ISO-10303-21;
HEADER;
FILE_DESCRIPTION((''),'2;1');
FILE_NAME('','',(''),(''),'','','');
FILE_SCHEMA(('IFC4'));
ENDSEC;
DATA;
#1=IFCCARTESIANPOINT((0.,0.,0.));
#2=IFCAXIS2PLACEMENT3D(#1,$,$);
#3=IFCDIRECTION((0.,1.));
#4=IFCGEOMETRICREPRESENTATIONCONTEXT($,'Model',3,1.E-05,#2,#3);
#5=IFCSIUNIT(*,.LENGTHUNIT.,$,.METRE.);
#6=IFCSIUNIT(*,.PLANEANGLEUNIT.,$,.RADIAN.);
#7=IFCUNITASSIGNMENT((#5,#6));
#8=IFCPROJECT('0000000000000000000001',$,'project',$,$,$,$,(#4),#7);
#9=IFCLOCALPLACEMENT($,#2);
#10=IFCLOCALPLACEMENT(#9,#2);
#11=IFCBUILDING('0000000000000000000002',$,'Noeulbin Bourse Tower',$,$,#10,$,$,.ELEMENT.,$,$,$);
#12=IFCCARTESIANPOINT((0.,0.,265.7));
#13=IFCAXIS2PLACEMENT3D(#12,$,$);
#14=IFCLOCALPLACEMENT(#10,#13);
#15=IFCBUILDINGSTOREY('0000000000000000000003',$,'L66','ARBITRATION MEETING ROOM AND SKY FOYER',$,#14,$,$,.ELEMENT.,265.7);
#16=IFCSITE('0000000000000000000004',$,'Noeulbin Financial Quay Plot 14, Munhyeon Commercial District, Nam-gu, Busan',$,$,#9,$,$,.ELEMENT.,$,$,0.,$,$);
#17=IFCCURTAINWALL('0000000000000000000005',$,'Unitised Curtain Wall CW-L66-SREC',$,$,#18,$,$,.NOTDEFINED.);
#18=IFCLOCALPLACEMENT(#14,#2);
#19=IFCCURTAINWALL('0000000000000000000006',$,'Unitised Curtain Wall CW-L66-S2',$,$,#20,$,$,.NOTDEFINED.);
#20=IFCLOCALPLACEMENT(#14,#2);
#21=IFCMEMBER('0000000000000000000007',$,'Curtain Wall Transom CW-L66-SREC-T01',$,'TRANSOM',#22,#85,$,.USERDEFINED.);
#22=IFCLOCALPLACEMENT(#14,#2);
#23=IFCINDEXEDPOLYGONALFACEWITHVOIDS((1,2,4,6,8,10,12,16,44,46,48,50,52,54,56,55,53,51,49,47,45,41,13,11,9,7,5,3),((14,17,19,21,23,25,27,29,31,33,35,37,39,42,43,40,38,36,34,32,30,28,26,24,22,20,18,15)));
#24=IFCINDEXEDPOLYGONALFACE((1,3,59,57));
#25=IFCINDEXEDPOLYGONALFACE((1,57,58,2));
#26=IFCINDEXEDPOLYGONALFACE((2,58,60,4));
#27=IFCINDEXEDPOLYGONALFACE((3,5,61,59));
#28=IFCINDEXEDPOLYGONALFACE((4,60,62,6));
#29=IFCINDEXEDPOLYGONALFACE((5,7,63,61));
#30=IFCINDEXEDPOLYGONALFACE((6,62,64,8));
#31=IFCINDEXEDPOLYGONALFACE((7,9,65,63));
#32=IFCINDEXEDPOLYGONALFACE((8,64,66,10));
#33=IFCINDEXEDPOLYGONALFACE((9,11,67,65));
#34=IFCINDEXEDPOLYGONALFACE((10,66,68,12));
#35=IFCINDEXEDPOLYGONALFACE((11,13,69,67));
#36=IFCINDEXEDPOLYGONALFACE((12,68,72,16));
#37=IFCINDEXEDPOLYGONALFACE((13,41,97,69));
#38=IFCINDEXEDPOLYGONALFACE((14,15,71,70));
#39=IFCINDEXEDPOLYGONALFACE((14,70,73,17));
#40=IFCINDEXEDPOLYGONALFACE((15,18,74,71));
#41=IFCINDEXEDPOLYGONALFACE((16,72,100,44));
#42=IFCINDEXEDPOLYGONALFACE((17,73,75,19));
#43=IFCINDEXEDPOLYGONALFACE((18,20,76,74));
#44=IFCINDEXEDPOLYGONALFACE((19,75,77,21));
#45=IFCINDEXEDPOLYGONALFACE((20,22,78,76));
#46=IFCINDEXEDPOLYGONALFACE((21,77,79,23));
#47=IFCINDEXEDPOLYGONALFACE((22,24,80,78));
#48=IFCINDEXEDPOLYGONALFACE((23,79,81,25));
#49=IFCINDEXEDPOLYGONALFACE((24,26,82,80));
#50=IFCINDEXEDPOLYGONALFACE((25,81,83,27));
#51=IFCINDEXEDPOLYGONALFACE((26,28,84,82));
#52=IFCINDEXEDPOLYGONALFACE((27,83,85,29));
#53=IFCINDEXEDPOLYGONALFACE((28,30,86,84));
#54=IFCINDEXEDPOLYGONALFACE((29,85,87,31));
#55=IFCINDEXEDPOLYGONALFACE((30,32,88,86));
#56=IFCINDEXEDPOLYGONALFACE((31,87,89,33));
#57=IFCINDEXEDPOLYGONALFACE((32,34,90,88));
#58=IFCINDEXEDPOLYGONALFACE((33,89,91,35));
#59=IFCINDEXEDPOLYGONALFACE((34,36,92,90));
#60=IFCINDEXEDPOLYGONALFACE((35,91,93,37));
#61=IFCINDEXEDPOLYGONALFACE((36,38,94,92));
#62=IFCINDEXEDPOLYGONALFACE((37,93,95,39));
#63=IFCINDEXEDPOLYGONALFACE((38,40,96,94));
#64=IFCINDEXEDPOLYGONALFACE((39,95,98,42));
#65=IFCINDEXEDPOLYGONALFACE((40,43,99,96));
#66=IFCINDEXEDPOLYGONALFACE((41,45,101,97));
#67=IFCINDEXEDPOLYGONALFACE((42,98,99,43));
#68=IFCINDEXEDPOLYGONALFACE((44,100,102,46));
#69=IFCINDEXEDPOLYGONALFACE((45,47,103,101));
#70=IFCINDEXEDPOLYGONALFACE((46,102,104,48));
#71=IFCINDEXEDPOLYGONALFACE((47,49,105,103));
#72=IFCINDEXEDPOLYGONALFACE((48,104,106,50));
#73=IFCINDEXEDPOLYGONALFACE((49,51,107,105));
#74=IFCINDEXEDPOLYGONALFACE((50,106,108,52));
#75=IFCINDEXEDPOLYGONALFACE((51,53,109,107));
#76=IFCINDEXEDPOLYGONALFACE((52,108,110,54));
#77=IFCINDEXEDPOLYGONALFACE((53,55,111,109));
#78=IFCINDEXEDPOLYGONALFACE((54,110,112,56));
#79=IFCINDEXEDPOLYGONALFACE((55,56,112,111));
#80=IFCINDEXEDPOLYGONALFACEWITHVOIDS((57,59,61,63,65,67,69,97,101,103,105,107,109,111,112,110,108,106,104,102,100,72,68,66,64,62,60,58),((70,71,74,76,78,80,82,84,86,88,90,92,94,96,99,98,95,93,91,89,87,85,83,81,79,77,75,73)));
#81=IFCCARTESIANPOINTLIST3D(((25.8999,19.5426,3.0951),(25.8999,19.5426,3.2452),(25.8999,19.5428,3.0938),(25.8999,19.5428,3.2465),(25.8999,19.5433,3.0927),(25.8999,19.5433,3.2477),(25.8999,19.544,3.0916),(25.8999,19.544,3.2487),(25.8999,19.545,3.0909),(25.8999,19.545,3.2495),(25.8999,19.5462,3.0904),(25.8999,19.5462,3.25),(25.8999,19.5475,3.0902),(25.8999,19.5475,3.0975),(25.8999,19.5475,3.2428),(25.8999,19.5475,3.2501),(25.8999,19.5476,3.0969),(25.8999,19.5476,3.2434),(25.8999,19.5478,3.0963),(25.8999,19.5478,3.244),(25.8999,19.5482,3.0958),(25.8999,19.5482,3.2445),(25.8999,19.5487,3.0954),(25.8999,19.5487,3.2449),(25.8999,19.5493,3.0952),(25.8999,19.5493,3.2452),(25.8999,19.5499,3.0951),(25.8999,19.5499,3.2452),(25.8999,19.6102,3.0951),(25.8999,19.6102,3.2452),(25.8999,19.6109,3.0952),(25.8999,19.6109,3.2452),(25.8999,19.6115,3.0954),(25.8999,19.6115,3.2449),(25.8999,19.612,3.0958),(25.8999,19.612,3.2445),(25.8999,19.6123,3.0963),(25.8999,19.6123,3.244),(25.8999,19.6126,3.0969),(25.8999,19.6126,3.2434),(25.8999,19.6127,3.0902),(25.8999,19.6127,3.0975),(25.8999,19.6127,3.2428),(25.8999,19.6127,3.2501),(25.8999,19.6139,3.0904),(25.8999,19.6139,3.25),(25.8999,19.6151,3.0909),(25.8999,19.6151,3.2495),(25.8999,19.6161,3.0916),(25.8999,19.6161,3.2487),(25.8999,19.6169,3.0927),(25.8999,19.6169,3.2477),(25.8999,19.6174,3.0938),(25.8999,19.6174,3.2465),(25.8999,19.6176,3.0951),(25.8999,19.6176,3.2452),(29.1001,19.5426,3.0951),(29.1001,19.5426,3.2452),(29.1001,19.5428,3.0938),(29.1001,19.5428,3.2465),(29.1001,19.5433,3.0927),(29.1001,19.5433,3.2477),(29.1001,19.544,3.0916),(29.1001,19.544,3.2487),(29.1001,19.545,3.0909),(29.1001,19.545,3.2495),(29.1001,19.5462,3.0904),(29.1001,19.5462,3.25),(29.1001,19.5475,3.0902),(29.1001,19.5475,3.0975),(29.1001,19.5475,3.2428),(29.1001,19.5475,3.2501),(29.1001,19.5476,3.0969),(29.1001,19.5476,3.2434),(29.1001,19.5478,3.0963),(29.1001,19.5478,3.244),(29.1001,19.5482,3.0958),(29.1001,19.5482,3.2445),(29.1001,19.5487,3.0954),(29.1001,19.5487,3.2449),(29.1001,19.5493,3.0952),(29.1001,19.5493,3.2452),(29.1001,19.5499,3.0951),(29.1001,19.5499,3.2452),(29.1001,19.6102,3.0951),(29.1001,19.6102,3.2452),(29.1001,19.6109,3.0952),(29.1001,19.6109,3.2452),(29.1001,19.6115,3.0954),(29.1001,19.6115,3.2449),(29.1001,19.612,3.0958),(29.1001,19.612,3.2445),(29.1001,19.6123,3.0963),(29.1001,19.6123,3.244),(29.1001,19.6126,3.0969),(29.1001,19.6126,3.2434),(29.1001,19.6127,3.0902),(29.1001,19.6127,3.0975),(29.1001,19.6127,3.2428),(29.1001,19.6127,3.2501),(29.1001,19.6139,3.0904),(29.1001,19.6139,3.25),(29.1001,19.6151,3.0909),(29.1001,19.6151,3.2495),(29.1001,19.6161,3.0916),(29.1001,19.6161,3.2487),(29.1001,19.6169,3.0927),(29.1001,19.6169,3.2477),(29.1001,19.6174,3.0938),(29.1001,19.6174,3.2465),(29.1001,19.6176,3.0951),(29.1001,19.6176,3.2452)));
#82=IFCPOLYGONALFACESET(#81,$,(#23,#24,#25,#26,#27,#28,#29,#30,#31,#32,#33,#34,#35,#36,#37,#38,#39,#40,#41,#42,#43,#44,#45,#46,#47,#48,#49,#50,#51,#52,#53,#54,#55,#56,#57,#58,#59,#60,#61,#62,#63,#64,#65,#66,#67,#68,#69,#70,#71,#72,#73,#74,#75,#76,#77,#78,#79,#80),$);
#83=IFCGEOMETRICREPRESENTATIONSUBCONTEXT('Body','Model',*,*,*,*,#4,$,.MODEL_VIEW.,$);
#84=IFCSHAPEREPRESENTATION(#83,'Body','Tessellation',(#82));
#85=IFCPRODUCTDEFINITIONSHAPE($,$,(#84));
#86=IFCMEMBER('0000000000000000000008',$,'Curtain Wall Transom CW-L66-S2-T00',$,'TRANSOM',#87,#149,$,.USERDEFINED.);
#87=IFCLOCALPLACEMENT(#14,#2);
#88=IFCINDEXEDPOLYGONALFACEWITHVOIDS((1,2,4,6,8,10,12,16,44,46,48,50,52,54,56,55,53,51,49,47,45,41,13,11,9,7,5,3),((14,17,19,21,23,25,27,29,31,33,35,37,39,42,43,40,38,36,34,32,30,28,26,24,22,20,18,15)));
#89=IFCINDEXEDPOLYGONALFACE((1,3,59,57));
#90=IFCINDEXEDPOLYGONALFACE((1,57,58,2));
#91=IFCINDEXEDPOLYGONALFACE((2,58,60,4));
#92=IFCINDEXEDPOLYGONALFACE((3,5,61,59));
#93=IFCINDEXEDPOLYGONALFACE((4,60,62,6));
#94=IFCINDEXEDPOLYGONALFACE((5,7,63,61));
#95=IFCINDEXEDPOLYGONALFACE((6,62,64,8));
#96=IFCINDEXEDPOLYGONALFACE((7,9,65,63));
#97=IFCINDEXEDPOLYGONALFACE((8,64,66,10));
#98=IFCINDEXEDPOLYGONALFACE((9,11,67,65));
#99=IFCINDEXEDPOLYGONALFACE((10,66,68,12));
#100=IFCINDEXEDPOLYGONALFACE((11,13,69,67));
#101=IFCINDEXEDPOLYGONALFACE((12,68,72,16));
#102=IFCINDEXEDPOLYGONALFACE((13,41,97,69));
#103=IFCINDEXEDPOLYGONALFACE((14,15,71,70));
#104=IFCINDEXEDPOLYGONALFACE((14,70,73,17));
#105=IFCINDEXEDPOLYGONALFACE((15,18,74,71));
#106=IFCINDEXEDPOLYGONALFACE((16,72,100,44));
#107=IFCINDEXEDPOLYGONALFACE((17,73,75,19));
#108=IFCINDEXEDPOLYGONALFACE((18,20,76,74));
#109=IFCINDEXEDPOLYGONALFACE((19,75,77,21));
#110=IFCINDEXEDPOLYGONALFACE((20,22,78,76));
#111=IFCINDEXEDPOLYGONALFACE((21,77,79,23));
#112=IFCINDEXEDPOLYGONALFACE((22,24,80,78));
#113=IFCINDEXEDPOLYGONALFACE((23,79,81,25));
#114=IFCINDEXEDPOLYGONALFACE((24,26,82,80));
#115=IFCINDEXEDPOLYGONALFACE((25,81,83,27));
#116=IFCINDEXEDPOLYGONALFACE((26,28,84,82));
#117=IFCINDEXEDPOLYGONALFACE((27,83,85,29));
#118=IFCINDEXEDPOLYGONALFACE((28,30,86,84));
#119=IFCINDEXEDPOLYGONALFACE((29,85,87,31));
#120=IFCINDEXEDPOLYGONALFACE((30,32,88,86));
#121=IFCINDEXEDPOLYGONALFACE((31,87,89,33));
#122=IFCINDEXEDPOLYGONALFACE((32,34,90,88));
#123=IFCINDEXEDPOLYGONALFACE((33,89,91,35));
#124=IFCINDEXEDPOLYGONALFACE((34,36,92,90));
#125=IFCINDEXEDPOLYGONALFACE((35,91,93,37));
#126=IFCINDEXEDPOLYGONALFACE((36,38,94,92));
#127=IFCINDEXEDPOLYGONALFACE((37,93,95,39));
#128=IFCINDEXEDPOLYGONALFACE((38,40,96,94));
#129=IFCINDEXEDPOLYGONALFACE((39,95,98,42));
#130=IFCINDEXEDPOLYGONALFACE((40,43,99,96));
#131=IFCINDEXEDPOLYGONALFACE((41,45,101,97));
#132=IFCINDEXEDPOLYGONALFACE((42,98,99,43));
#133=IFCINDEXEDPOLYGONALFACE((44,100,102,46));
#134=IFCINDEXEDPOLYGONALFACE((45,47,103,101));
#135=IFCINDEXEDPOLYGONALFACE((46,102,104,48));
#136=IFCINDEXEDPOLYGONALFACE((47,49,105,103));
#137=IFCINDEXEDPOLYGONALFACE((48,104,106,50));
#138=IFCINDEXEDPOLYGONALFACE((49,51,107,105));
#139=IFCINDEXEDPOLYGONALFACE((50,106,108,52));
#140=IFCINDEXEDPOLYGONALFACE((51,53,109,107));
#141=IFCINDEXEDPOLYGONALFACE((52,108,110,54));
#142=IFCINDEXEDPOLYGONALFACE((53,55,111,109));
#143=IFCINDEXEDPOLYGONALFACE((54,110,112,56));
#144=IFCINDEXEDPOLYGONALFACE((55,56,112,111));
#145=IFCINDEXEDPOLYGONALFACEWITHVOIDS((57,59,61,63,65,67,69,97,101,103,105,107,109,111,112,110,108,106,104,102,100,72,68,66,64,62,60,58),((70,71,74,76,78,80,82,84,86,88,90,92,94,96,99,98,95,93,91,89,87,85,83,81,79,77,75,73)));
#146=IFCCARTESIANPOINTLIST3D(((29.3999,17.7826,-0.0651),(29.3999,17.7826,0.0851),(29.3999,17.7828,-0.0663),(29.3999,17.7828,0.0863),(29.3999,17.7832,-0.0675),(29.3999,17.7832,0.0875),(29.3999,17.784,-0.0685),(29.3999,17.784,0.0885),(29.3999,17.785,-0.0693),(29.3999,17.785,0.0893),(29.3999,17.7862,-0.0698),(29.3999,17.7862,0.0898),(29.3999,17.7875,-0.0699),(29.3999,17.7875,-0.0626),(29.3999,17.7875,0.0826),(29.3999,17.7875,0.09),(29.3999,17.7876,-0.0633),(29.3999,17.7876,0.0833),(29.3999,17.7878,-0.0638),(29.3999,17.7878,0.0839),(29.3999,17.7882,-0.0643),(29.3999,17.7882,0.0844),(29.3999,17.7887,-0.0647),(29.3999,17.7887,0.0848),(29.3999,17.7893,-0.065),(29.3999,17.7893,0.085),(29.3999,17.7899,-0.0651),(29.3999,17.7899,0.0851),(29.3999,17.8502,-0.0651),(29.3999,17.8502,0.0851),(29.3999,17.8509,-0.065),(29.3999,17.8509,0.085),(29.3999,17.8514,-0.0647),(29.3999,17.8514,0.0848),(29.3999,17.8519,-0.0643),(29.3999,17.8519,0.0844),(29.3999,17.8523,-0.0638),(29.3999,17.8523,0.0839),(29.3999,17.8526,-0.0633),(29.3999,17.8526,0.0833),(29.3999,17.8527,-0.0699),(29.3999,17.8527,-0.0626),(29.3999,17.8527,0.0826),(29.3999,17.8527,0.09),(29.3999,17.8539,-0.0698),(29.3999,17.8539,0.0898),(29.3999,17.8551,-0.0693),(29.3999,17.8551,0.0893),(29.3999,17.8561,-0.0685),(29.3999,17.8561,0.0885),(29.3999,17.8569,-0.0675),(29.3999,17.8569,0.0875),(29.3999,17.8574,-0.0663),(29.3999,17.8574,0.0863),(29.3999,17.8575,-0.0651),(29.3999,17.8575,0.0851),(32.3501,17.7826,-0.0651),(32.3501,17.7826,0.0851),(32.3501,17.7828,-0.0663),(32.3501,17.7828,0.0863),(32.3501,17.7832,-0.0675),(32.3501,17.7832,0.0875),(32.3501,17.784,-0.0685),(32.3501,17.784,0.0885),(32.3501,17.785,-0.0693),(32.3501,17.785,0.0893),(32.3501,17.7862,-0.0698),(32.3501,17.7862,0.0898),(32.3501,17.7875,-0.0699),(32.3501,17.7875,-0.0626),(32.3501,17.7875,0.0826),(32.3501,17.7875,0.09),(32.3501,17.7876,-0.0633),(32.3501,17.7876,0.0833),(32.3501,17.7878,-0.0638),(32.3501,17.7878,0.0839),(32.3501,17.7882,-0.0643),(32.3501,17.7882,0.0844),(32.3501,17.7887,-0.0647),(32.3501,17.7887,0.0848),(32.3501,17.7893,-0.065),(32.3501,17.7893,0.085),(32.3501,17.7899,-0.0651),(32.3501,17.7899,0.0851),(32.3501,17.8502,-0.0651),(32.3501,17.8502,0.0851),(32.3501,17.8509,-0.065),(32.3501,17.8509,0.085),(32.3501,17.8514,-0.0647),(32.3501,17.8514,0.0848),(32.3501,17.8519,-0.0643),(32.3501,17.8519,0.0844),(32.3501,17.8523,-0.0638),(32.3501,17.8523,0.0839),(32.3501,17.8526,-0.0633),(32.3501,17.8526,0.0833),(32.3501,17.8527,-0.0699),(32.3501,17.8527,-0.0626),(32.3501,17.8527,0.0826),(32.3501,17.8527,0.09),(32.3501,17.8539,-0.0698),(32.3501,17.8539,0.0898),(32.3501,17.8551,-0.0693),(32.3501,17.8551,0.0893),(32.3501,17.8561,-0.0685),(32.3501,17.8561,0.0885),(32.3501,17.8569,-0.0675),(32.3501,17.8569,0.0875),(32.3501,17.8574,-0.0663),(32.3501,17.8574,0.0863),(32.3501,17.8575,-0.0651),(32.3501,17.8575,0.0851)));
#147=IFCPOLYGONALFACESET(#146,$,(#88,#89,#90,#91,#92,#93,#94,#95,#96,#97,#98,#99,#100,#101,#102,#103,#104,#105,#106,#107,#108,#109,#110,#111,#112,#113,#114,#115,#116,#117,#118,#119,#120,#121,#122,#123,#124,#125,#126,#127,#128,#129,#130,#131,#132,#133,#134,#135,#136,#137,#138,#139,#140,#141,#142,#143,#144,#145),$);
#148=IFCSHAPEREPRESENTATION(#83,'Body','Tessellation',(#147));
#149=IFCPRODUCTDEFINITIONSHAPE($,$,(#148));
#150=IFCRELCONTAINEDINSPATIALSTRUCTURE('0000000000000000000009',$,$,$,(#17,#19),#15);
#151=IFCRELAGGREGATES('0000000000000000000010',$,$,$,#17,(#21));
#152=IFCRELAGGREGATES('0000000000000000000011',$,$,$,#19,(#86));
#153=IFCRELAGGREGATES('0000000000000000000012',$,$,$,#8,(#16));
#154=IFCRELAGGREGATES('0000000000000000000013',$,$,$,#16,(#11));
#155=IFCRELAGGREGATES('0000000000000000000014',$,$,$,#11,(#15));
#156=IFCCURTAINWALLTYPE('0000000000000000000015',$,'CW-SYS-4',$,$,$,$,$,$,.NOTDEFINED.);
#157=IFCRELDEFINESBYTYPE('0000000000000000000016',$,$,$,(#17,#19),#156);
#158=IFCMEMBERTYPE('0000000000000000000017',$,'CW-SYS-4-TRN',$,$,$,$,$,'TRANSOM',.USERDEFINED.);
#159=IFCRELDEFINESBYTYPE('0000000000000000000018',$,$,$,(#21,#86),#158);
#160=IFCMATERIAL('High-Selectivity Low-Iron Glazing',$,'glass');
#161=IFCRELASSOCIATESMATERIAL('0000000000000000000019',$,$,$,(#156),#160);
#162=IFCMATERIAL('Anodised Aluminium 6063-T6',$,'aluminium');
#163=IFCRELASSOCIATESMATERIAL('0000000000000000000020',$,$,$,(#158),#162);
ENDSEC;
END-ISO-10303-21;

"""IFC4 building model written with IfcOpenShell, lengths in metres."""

from ifc_helpers import new_model, si_unit, direction, frame, origin, origin_2d, place, context, subcontext, project, spatial, hollow_rectangle, extrude, material, material_profile, profile_set, type_object, element, aggregate, save


model = new_model("IFC4")

# Units and contexts
model_context = context("Model", 3, precision=1e-05, world=origin(), true_north=direction((0.0, 1.0)))
body_context = subcontext(model_context, "Body", "Model", "MODEL_VIEW")
ifc_project = project(units=[si_unit("LENGTHUNIT", "METRE"), si_unit("PLANEANGLEUNIT", "RADIAN")], contexts=[model_context])

# Site, building, storey
site_placement = place(None, origin())
site = spatial("IfcSite", under=ifc_project, at=site_placement, Name="Noeulbin Financial Quay Plot 14, Munhyeon Commercial District, Nam-gu, Busan", CompositionType="ELEMENT", RefElevation=0.0)
building_placement = place(site_placement, origin())
building = spatial("IfcBuilding", under=site, at=building_placement, Name="Noeulbin Bourse Tower", CompositionType="ELEMENT")
storey_placement = place(building_placement, frame((0.0, 0.0, 265.7)))
storey = spatial("IfcBuildingStorey", under=building, at=storey_placement, Name="L66", Description="ARBITRATION MEETING ROOM AND SKY FOYER", CompositionType="ELEMENT", Elevation=265.7)

# Curtain wall
ifc_material_1 = material(Name="High-Selectivity Low-Iron Glazing", Category="glass")
curtain_wall_type = type_object("IfcCurtainWallType", Name="CW-SYS-4", PredefinedType="NOTDEFINED", material=ifc_material_1)
curtain_wall_1_placement = place(storey_placement, origin())
curtain_wall_1 = element("IfcCurtainWall", 1, at=curtain_wall_1_placement, inside=storey, type_object=curtain_wall_type, Name="Unitised Curtain Wall CW-L66-SREC", PredefinedType="NOTDEFINED")
ifc_material_2 = material(Name="Anodised Aluminium 6063-T6", Category="aluminium")

# Curtain wall
curtain_wall_2_placement = place(storey_placement, origin())
curtain_wall_2 = element("IfcCurtainWall", 2, at=curtain_wall_2_placement, inside=storey, type_object=curtain_wall_type, Name="Unitised Curtain Wall CW-L66-S2", PredefinedType="NOTDEFINED")

# Members
ifc_material_profile_1 = material_profile(ifc_material_2, hollow_rectangle(XDim=0.075, YDim=0.1599, WallThickness=0.0049, InnerFilletRadius=0.0024, OuterFilletRadius=0.0049, at=origin_2d()), Name="ALU-TRAN-75x160x5", Category="LoadBearing")
ifc_profile_set_1 = profile_set([ifc_material_profile_1], Name="Anodised Aluminium 6063-T6")
member_type_1 = type_object("IfcMemberType", Name="CW-SYS-4-TRN", ElementType="TRANSOM", PredefinedType="USERDEFINED", material=ifc_profile_set_1)
member_1_placement = place(storey_placement, frame((25.8999, 19.5801, 3.1702), z_axis=(1.0, 0.0, 0.0), x_axis=(0.0, 1.0, 0.0)))
member_1 = element("IfcMember", 3, at=member_1_placement, type_object=member_type_1, Name="Curtain Wall Transom CW-L66-SREC-T01", ObjectType="TRANSOM", PredefinedType="USERDEFINED", context=body_context, shape_type="SweptSolid", body=[
    extrude(hollow_rectangle(XDim=0.075, YDim=0.1599, WallThickness=0.0049, InnerFilletRadius=0.0024, OuterFilletRadius=0.0049, at=origin_2d()), origin(), (0.0, 0.0, 1.0), 3.2002),
])
member_2_placement = place(storey_placement, frame((29.3999, 17.8201, 0.01), z_axis=(1.0, 0.0, 0.0), x_axis=(0.0, 1.0, 0.0)))
member_2 = element("IfcMember", 4, at=member_2_placement, type_object=member_type_1, Name="Curtain Wall Transom CW-L66-S2-T00", ObjectType="TRANSOM", PredefinedType="USERDEFINED", context=body_context, shape_type="SweptSolid", body=[
    extrude(hollow_rectangle(XDim=0.075, YDim=0.1599, WallThickness=0.0049, InnerFilletRadius=0.0024, OuterFilletRadius=0.0049, at=origin_2d()), origin(), (0.0, 0.0, 1.0), 2.9502),
])

aggregate(curtain_wall_1, [member_1])
aggregate(curtain_wall_2, [member_2])

save(model, "model.ifc")
